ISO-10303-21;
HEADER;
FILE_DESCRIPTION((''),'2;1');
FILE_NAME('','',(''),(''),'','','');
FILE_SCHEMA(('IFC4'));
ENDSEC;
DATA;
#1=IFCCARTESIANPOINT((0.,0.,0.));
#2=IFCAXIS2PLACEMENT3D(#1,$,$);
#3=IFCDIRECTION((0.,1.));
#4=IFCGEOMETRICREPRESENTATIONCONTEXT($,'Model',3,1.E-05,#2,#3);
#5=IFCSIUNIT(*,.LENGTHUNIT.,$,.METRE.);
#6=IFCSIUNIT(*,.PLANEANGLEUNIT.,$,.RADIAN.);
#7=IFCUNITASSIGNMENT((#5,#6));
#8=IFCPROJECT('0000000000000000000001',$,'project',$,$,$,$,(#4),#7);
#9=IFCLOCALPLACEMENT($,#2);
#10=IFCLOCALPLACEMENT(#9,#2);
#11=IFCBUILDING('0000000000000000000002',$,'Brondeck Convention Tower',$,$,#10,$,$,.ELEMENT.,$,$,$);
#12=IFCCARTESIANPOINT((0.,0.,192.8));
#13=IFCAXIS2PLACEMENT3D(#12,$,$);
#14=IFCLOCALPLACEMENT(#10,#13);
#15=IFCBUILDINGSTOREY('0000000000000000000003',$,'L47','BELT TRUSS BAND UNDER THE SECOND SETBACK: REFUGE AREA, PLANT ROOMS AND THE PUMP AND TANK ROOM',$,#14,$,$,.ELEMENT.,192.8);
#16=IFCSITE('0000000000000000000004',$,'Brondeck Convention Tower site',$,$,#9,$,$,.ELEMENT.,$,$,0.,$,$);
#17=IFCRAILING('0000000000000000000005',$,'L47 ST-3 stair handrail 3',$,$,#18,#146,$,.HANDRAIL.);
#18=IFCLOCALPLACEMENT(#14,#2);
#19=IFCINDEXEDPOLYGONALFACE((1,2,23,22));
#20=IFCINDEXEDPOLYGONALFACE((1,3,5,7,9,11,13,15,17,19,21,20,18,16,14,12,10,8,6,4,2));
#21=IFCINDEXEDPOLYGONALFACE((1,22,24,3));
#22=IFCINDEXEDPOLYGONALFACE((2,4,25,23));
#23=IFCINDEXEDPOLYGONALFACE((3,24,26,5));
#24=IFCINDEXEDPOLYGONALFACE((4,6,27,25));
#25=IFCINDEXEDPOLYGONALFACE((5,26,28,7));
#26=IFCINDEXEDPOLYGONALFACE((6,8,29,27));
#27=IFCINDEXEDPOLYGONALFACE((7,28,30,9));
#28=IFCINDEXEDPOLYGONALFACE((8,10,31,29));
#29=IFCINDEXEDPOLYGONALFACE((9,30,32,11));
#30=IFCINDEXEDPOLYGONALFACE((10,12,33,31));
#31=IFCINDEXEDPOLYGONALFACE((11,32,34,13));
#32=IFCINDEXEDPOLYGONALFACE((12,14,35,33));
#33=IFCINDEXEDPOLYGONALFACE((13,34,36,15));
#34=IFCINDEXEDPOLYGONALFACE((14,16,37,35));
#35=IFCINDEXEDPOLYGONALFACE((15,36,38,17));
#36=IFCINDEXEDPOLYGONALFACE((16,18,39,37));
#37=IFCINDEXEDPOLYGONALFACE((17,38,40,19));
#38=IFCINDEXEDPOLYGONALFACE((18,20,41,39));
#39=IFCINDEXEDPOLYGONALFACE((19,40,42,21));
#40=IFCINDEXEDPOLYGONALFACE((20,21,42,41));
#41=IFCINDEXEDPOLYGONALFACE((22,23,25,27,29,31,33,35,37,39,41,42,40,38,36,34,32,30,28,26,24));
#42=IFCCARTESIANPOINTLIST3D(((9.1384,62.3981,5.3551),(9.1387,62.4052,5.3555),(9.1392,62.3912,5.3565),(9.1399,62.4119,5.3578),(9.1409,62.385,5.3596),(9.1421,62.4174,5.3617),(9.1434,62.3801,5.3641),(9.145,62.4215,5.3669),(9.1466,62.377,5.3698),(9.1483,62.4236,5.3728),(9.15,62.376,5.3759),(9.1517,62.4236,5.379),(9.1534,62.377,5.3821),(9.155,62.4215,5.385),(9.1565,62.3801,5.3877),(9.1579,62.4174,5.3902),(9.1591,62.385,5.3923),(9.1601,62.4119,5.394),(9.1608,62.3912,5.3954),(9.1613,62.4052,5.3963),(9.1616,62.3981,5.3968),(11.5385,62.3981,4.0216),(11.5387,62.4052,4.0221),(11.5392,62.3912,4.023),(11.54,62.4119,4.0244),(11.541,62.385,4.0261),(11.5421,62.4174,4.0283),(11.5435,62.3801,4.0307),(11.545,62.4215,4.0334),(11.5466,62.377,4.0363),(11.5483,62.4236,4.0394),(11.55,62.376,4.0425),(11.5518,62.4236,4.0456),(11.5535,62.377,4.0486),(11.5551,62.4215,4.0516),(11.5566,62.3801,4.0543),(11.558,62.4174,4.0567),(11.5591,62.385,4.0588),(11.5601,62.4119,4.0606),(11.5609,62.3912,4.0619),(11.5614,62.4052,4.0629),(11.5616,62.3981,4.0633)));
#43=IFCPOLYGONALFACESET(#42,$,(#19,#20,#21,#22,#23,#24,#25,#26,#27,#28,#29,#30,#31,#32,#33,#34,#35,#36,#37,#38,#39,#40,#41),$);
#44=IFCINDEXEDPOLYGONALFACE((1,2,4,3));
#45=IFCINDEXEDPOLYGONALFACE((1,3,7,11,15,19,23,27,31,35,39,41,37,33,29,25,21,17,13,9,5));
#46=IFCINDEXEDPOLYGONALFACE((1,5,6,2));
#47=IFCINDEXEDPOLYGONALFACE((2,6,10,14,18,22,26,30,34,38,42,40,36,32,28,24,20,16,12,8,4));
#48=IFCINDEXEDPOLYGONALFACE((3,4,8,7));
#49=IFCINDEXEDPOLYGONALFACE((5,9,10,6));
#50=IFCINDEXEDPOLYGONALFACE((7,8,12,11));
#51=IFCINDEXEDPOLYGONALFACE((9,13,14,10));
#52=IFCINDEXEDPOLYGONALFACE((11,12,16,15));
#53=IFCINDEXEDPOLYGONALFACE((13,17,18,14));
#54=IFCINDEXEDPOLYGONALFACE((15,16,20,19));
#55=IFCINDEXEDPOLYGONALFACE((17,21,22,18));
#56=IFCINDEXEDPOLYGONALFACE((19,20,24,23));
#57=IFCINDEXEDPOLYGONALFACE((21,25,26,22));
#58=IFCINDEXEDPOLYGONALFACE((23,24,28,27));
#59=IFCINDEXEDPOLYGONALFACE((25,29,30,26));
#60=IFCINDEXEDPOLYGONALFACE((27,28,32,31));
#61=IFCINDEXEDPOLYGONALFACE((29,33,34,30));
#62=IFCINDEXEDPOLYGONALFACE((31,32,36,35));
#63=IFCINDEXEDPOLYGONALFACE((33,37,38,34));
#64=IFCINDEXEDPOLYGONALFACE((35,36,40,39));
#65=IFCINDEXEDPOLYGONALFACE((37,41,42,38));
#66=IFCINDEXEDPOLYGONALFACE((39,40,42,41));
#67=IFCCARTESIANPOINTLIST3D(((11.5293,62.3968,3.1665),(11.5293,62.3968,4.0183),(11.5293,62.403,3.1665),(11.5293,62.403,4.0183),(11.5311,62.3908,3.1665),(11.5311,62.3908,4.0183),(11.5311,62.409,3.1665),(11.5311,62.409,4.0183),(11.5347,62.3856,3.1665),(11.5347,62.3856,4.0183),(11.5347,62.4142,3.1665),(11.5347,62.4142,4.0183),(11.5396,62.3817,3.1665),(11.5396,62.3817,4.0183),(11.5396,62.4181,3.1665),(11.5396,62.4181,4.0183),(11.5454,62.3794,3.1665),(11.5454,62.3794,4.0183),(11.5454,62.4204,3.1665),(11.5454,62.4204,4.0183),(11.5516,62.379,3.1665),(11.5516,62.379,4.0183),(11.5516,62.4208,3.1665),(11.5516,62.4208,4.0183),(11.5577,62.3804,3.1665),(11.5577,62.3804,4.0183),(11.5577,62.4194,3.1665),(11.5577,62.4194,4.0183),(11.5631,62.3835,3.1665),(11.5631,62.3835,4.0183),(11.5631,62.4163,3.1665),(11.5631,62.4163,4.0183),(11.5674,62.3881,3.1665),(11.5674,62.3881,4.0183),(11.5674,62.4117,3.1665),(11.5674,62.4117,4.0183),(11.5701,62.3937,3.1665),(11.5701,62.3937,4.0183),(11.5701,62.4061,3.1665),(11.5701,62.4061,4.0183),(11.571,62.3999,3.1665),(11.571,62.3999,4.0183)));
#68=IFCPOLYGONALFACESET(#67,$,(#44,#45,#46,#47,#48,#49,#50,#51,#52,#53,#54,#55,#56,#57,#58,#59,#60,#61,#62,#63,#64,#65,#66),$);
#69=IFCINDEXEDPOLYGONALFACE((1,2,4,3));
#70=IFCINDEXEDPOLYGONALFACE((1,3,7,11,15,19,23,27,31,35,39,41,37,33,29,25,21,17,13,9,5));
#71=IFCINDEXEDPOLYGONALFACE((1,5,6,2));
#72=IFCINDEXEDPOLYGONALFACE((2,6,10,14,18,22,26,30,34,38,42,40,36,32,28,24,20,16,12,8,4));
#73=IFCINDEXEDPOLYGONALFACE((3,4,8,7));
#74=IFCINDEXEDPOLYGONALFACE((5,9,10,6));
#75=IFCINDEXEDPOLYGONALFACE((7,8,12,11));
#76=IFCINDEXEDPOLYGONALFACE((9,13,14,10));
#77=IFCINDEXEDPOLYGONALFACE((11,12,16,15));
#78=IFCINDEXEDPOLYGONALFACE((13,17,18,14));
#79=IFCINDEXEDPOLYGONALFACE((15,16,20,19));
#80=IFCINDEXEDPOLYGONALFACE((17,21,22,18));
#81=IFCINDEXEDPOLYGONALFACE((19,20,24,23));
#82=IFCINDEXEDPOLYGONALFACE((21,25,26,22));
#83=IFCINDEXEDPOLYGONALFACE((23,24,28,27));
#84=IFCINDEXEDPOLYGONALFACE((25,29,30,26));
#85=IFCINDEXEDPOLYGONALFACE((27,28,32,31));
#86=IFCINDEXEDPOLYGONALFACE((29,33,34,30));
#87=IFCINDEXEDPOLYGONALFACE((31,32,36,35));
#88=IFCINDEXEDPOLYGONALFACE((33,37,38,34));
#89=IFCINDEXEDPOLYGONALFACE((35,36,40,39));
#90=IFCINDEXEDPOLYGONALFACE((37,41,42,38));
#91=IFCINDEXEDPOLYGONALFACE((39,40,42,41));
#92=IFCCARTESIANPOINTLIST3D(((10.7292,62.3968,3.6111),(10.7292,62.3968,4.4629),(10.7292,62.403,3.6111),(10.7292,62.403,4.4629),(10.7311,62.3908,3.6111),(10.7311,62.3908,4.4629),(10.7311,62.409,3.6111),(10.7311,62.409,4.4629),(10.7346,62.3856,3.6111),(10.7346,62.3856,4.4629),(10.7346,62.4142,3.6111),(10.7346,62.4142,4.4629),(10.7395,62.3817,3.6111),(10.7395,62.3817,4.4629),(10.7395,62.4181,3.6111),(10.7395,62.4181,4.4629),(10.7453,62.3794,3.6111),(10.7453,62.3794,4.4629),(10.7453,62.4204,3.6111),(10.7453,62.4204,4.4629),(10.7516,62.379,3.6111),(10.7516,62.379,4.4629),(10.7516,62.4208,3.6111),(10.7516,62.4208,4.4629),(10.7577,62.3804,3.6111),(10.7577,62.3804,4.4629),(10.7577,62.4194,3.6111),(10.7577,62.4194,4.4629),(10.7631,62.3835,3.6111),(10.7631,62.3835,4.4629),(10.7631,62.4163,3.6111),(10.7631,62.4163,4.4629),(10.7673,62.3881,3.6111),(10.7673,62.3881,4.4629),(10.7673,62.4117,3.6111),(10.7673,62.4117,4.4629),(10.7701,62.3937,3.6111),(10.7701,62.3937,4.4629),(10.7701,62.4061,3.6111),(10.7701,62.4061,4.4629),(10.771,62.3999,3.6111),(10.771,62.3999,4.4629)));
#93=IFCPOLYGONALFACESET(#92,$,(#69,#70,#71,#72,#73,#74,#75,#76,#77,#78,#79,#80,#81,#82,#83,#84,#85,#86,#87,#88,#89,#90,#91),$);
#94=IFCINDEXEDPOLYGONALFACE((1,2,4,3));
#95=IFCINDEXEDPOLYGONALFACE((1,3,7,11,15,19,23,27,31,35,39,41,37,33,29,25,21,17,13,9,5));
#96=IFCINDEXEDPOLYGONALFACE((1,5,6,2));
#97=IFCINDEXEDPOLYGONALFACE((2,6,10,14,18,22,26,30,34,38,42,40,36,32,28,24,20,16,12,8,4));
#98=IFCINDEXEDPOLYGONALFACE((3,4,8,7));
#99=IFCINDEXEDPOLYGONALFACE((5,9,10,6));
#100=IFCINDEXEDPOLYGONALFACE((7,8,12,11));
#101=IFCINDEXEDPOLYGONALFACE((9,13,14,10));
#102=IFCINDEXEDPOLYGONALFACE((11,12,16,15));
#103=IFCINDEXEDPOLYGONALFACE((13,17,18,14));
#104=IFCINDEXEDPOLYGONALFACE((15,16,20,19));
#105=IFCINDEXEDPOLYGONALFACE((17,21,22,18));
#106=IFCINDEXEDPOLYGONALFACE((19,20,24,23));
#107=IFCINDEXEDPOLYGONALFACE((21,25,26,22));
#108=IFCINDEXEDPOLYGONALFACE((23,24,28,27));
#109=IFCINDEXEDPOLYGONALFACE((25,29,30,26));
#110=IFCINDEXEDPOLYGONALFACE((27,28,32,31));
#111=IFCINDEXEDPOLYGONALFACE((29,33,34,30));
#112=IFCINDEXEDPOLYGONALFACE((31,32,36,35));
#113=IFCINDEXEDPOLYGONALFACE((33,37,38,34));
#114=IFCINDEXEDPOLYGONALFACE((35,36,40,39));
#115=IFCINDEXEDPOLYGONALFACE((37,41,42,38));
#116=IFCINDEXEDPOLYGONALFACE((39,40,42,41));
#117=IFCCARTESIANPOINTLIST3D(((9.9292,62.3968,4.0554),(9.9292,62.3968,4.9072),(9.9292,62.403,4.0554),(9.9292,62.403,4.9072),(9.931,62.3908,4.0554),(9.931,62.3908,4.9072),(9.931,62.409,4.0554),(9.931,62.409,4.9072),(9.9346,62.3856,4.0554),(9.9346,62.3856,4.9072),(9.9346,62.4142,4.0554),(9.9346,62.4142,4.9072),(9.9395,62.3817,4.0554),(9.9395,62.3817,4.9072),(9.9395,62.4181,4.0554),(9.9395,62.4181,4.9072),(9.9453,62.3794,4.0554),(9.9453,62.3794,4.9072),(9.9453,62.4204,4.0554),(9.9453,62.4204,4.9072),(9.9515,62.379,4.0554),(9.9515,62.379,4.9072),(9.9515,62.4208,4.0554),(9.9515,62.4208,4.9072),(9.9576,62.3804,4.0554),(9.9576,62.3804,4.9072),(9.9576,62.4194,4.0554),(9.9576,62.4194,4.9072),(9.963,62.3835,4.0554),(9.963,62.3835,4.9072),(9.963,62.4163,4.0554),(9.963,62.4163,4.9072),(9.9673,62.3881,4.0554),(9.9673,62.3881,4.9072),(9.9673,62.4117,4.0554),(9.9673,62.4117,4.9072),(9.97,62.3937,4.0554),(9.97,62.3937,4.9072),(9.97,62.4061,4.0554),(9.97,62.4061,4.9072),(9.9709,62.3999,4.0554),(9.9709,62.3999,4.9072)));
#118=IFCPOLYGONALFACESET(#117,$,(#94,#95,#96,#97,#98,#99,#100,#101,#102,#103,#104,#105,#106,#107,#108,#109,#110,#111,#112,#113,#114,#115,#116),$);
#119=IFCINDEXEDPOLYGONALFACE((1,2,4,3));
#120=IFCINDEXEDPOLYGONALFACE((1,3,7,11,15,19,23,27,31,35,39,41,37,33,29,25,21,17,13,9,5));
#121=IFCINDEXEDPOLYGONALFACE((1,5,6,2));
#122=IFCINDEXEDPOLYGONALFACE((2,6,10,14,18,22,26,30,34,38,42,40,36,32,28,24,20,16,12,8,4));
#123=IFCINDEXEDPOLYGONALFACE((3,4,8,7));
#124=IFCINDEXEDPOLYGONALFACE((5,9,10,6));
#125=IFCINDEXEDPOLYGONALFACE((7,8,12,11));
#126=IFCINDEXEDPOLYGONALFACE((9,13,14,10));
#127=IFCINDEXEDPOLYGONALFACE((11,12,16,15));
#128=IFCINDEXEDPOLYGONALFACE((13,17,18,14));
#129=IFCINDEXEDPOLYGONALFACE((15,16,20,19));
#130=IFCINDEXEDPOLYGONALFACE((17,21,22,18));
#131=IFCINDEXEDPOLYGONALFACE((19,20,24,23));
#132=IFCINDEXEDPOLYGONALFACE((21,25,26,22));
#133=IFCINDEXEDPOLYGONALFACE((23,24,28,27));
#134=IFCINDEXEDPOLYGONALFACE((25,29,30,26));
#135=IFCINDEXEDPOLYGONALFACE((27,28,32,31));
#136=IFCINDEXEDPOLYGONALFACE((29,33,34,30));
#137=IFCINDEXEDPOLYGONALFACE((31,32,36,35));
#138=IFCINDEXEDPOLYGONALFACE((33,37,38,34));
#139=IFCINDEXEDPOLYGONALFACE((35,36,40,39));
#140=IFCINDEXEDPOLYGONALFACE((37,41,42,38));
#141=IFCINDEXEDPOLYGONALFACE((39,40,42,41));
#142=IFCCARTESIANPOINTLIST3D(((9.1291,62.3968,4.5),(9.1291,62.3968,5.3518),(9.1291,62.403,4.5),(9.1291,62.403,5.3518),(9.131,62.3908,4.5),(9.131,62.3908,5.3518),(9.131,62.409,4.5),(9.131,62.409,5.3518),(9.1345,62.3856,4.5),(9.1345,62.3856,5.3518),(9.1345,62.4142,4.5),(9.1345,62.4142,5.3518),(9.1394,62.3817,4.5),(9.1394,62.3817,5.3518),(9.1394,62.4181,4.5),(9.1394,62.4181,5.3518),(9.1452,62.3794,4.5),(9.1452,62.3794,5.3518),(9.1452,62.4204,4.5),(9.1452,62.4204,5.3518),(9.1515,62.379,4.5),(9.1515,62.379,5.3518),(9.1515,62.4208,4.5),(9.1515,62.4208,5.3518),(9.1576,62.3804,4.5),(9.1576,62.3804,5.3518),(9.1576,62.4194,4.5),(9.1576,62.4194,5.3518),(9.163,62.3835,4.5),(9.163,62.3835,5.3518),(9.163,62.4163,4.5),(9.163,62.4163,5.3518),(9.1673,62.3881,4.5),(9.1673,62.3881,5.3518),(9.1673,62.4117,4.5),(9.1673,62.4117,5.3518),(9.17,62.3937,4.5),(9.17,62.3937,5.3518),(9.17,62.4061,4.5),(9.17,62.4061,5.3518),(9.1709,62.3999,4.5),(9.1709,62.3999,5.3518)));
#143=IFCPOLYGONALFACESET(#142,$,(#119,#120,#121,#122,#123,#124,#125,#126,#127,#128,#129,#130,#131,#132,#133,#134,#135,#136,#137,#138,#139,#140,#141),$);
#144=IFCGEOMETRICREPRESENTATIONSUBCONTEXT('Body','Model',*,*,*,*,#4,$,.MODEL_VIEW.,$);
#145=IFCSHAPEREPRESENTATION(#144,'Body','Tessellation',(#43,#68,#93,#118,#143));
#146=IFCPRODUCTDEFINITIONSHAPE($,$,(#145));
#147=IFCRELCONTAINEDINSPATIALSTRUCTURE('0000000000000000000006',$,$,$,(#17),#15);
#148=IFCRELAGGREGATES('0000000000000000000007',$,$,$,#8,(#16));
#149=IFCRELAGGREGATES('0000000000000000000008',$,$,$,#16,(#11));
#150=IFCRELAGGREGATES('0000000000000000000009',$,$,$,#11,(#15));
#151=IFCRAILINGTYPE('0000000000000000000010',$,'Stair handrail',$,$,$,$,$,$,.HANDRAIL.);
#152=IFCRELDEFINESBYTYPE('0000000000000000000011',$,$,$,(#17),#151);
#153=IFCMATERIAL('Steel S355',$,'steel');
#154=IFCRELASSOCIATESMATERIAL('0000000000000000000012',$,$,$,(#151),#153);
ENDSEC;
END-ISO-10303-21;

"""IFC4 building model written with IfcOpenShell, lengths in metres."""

from ifc_helpers import new_model, si_unit, direction, frame, origin, origin_2d, place, context, subcontext, project, spatial, circle, extrude, material, type_object, element, save


model = new_model("IFC4")

# Units and contexts
model_context = context("Model", 3, precision=1e-05, world=origin(), true_north=direction((0.0, 1.0)))
body_context = subcontext(model_context, "Body", "Model", "MODEL_VIEW")
ifc_project = project(units=[si_unit("LENGTHUNIT", "METRE"), si_unit("PLANEANGLEUNIT", "RADIAN")], contexts=[model_context])

# Site, building, storey
site_placement = place(None, origin())
site = spatial("IfcSite", under=ifc_project, at=site_placement, Name="Brondeck Convention Tower site", CompositionType="ELEMENT", RefElevation=0.0)
building_placement = place(site_placement, origin())
building = spatial("IfcBuilding", under=site, at=building_placement, Name="Brondeck Convention Tower", CompositionType="ELEMENT")
storey_placement = place(building_placement, frame((0.0, 0.0, 192.8)))
storey = spatial("IfcBuildingStorey", under=building, at=storey_placement, Name="L47", Description="BELT TRUSS BAND UNDER THE SECOND SETBACK: REFUGE AREA, PLANT ROOMS AND THE PUMP AND TANK ROOM", CompositionType="ELEMENT", Elevation=192.8)

# Shared definitions
ifc_material_1 = material(Name="Steel S355", Category="steel")

# Railing
railing_type_1 = type_object("IfcRailingType", Name="Stair handrail", PredefinedType="HANDRAIL", material=ifc_material_1)
railing_1_placement = place(storey_placement, frame((11.55, 62.3999, 3.1665)))
element("IfcRailing", 1, at=railing_1_placement, inside=storey, type_object=railing_type_1, Name="L47 ST-3 stair handrail 3", PredefinedType="HANDRAIL", context=body_context, shape_type="SweptSolid", body=[
    extrude(circle(Radius=0.0239, at=origin_2d()), frame((0.0, 0.0, 0.876), z_axis=(-0.874145, 0.0, 0.485666), x_axis=(0.0, -1.0, 0.0)), (0.0, 0.0, 1.0), 2.7456),
    extrude(circle(Radius=0.021, at=origin_2d()), origin(), (0.0, 0.0, 1.0), 0.8518),
    extrude(circle(Radius=0.021, at=origin_2d()), frame((-0.8, 0.0, 0.4446)), (0.0, 0.0, 1.0), 0.8518),
    extrude(circle(Radius=0.021, at=origin_2d()), frame((-1.6001, 0.0, 0.8889)), (0.0, 0.0, 1.0), 0.8518),
    extrude(circle(Radius=0.021, at=origin_2d()), frame((-2.4001, 0.0, 1.3335)), (0.0, 0.0, 1.0), 0.8518),
])

save(model, "model.ifc")
